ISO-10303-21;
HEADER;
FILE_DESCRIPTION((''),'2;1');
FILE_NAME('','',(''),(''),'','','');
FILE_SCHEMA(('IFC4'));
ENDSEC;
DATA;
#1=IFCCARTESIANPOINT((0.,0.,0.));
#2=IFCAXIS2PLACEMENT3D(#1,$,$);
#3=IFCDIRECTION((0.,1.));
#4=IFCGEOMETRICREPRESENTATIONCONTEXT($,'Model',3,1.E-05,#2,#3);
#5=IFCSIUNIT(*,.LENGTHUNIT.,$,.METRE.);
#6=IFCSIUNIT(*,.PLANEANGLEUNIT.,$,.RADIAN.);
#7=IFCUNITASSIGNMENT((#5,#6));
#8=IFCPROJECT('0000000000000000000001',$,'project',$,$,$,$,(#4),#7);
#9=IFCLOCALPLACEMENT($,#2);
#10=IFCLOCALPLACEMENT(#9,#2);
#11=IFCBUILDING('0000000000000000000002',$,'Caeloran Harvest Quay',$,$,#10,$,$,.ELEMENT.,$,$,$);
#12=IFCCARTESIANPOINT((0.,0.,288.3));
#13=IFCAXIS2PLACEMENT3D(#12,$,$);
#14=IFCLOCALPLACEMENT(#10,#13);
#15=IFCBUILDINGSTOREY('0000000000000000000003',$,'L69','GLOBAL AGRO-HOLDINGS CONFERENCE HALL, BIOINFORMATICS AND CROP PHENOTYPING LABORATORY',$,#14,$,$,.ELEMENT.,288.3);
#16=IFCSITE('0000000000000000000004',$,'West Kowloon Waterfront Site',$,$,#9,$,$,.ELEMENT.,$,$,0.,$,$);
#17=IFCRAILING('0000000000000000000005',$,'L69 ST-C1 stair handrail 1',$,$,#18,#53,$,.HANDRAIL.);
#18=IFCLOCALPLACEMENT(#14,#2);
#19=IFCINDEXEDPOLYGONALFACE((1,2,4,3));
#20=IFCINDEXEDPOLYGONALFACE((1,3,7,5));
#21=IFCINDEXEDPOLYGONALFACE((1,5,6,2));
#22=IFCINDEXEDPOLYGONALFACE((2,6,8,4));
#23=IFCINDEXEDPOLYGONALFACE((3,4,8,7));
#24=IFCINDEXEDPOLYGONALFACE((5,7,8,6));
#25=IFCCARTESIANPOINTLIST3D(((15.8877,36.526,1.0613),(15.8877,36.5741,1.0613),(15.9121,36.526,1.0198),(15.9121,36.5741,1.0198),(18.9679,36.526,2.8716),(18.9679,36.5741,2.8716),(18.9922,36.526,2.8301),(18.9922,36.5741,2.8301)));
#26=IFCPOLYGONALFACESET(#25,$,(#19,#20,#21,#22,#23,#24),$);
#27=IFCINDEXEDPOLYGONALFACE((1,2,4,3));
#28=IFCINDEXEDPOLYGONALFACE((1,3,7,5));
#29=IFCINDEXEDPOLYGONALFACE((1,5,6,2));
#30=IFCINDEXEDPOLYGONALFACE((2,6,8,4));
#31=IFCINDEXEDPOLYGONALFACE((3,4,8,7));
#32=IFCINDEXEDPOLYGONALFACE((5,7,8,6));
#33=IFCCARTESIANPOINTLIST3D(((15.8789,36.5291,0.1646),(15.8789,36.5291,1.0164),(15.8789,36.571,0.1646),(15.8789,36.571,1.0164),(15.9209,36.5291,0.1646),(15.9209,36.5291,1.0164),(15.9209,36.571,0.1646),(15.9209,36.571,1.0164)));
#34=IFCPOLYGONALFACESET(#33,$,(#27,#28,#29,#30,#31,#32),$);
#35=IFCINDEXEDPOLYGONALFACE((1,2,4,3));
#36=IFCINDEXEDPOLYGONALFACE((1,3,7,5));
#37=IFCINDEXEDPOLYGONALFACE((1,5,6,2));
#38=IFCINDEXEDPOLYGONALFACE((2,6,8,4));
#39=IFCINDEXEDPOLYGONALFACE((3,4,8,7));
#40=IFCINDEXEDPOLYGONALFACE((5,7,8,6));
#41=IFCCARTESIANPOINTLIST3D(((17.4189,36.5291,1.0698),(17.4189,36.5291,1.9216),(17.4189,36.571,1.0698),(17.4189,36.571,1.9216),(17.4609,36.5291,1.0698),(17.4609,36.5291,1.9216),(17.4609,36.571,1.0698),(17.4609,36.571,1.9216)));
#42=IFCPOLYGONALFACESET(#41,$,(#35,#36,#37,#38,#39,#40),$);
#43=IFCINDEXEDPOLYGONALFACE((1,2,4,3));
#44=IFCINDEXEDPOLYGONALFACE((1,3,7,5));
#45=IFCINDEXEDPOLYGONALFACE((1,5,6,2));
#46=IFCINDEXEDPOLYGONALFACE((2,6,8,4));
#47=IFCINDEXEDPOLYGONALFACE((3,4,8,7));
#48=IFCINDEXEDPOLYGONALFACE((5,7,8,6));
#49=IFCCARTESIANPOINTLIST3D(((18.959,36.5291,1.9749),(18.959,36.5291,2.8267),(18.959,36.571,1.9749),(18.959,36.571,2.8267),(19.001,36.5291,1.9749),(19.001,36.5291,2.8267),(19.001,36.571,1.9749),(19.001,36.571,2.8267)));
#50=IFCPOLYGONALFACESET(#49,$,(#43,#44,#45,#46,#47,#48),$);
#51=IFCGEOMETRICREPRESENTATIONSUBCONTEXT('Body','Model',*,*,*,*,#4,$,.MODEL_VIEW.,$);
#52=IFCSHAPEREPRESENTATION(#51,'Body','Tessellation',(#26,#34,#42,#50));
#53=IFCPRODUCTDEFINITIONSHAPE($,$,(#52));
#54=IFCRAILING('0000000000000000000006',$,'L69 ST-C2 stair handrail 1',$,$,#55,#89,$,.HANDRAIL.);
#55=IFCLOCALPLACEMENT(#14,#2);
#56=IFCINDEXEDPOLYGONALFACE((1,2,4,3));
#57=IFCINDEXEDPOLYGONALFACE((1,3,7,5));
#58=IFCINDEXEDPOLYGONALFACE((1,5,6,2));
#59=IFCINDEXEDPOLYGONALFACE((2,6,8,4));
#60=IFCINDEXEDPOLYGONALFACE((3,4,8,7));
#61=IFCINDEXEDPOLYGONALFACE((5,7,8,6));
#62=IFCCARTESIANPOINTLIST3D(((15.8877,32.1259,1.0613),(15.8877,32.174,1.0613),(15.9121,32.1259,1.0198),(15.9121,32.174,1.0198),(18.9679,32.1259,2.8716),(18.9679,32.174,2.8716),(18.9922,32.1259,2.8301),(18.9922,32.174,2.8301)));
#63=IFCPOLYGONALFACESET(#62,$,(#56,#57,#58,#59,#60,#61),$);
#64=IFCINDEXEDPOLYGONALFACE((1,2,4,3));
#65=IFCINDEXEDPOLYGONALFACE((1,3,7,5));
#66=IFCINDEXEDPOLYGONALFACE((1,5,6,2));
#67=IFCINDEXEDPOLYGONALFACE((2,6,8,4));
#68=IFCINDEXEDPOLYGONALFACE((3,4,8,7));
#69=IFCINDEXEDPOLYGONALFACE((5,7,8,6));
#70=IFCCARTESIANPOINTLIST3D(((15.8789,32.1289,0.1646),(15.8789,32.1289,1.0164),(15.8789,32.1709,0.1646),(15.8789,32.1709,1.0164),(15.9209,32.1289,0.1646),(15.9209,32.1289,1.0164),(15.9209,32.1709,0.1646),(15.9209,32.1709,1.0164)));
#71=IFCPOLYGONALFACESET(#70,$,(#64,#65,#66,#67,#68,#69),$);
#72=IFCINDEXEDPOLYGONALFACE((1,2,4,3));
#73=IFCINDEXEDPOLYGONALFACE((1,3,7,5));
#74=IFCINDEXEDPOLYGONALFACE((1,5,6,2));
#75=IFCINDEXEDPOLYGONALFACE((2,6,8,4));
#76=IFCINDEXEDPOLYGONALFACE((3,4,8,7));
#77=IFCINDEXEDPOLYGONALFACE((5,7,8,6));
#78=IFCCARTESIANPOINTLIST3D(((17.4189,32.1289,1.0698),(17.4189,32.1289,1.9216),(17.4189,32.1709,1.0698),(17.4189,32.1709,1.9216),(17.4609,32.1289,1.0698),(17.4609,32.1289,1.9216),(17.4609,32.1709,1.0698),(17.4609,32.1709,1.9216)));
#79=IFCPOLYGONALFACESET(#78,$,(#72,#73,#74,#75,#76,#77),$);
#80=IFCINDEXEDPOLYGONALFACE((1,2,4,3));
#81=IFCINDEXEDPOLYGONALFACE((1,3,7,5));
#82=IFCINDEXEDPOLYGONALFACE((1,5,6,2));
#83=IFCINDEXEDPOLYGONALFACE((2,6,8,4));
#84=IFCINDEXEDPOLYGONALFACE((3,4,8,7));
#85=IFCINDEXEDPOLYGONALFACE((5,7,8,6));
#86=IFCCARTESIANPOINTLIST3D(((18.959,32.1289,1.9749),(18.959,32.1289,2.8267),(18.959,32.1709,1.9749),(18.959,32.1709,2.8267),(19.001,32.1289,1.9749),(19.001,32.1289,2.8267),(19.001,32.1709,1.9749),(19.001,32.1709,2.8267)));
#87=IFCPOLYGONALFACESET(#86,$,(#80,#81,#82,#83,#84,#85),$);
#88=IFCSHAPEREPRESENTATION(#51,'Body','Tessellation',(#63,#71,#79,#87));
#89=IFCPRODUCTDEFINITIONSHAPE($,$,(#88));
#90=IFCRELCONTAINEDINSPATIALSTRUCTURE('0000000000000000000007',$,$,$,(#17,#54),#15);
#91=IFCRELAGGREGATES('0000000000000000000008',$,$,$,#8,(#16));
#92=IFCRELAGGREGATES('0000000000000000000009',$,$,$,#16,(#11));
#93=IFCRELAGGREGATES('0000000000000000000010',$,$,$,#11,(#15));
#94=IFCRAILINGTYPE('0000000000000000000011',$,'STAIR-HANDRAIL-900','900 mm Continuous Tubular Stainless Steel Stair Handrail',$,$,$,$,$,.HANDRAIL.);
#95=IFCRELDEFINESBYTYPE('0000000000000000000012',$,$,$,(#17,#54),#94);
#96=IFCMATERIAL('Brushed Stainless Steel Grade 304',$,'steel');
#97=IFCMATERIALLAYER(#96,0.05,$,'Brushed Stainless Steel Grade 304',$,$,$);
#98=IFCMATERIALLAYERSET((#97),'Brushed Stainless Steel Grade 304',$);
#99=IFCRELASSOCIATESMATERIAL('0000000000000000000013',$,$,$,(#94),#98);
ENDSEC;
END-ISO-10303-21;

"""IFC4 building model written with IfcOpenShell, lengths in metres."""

from ifc_helpers import new_model, si_unit, direction, frame, origin, origin_2d, place, context, subcontext, project, spatial, rectangle, extrude, material, layer, layer_set, type_object, element, save


model = new_model("IFC4")

# Units and contexts
model_context = context("Model", 3, precision=1e-05, world=origin(), true_north=direction((0.0, 1.0)))
body_context = subcontext(model_context, "Body", "Model", "MODEL_VIEW")
ifc_project = project(units=[si_unit("LENGTHUNIT", "METRE"), si_unit("PLANEANGLEUNIT", "RADIAN")], contexts=[model_context])

# Site, building, storey
site_placement = place(None, origin())
site = spatial("IfcSite", under=ifc_project, at=site_placement, Name="West Kowloon Waterfront Site", CompositionType="ELEMENT", RefElevation=0.0)
building_placement = place(site_placement, origin())
building = spatial("IfcBuilding", under=site, at=building_placement, Name="Caeloran Harvest Quay", CompositionType="ELEMENT")
storey_placement = place(building_placement, frame((0.0, 0.0, 288.3)))
storey = spatial("IfcBuildingStorey", under=building, at=storey_placement, Name="L69", Description="GLOBAL AGRO-HOLDINGS CONFERENCE HALL, BIOINFORMATICS AND CROP PHENOTYPING LABORATORY", CompositionType="ELEMENT", Elevation=288.3)

# Railings
ifc_material_1 = material(Name="Brushed Stainless Steel Grade 304", Category="steel")
ifc_layer_1 = layer(ifc_material_1, 0.05, Name="Brushed Stainless Steel Grade 304")
ifc_layer_set_1 = layer_set([ifc_layer_1], Name="Brushed Stainless Steel Grade 304")
railing_type_1 = type_object("IfcRailingType", Name="STAIR-HANDRAIL-900", Description="900 mm Continuous Tubular Stainless Steel Stair Handrail", PredefinedType="HANDRAIL", material=ifc_layer_set_1)
for number, where, name in (
    (1, (15.8999, 36.55, 0.1646), "L69 ST-C1 stair handrail 1"),
    (2, (15.8999, 32.1499, 0.1646), "L69 ST-C2 stair handrail 1"),
):
    element("IfcRailing", number, at=place(storey_placement, frame(where)), inside=storey, type_object=railing_type_1, Name=name, PredefinedType="HANDRAIL", context=body_context, shape_type="SweptSolid", body=[
        extrude(rectangle(XDim=0.0481, YDim=0.0481, at=origin_2d()), frame((0.0, 0.0, 0.876), z_axis=(0.862119, 0.0, 0.506707), x_axis=(0.0, 1.0, 0.0)), (0.0, 0.0, 1.0), 3.5728),
        extrude(rectangle(XDim=0.042, YDim=0.042, at=origin_2d()), origin(), (0.0, 0.0, 1.0), 0.8518),
        extrude(rectangle(XDim=0.042, YDim=0.042, at=origin_2d()), frame((1.54, 0.0, 0.9053)), (0.0, 0.0, 1.0), 0.8518),
        extrude(rectangle(XDim=0.042, YDim=0.042, at=origin_2d()), frame((3.0801, 0.0, 1.8103)), (0.0, 0.0, 1.0), 0.8518),
    ])

save(model, "model.ifc")
